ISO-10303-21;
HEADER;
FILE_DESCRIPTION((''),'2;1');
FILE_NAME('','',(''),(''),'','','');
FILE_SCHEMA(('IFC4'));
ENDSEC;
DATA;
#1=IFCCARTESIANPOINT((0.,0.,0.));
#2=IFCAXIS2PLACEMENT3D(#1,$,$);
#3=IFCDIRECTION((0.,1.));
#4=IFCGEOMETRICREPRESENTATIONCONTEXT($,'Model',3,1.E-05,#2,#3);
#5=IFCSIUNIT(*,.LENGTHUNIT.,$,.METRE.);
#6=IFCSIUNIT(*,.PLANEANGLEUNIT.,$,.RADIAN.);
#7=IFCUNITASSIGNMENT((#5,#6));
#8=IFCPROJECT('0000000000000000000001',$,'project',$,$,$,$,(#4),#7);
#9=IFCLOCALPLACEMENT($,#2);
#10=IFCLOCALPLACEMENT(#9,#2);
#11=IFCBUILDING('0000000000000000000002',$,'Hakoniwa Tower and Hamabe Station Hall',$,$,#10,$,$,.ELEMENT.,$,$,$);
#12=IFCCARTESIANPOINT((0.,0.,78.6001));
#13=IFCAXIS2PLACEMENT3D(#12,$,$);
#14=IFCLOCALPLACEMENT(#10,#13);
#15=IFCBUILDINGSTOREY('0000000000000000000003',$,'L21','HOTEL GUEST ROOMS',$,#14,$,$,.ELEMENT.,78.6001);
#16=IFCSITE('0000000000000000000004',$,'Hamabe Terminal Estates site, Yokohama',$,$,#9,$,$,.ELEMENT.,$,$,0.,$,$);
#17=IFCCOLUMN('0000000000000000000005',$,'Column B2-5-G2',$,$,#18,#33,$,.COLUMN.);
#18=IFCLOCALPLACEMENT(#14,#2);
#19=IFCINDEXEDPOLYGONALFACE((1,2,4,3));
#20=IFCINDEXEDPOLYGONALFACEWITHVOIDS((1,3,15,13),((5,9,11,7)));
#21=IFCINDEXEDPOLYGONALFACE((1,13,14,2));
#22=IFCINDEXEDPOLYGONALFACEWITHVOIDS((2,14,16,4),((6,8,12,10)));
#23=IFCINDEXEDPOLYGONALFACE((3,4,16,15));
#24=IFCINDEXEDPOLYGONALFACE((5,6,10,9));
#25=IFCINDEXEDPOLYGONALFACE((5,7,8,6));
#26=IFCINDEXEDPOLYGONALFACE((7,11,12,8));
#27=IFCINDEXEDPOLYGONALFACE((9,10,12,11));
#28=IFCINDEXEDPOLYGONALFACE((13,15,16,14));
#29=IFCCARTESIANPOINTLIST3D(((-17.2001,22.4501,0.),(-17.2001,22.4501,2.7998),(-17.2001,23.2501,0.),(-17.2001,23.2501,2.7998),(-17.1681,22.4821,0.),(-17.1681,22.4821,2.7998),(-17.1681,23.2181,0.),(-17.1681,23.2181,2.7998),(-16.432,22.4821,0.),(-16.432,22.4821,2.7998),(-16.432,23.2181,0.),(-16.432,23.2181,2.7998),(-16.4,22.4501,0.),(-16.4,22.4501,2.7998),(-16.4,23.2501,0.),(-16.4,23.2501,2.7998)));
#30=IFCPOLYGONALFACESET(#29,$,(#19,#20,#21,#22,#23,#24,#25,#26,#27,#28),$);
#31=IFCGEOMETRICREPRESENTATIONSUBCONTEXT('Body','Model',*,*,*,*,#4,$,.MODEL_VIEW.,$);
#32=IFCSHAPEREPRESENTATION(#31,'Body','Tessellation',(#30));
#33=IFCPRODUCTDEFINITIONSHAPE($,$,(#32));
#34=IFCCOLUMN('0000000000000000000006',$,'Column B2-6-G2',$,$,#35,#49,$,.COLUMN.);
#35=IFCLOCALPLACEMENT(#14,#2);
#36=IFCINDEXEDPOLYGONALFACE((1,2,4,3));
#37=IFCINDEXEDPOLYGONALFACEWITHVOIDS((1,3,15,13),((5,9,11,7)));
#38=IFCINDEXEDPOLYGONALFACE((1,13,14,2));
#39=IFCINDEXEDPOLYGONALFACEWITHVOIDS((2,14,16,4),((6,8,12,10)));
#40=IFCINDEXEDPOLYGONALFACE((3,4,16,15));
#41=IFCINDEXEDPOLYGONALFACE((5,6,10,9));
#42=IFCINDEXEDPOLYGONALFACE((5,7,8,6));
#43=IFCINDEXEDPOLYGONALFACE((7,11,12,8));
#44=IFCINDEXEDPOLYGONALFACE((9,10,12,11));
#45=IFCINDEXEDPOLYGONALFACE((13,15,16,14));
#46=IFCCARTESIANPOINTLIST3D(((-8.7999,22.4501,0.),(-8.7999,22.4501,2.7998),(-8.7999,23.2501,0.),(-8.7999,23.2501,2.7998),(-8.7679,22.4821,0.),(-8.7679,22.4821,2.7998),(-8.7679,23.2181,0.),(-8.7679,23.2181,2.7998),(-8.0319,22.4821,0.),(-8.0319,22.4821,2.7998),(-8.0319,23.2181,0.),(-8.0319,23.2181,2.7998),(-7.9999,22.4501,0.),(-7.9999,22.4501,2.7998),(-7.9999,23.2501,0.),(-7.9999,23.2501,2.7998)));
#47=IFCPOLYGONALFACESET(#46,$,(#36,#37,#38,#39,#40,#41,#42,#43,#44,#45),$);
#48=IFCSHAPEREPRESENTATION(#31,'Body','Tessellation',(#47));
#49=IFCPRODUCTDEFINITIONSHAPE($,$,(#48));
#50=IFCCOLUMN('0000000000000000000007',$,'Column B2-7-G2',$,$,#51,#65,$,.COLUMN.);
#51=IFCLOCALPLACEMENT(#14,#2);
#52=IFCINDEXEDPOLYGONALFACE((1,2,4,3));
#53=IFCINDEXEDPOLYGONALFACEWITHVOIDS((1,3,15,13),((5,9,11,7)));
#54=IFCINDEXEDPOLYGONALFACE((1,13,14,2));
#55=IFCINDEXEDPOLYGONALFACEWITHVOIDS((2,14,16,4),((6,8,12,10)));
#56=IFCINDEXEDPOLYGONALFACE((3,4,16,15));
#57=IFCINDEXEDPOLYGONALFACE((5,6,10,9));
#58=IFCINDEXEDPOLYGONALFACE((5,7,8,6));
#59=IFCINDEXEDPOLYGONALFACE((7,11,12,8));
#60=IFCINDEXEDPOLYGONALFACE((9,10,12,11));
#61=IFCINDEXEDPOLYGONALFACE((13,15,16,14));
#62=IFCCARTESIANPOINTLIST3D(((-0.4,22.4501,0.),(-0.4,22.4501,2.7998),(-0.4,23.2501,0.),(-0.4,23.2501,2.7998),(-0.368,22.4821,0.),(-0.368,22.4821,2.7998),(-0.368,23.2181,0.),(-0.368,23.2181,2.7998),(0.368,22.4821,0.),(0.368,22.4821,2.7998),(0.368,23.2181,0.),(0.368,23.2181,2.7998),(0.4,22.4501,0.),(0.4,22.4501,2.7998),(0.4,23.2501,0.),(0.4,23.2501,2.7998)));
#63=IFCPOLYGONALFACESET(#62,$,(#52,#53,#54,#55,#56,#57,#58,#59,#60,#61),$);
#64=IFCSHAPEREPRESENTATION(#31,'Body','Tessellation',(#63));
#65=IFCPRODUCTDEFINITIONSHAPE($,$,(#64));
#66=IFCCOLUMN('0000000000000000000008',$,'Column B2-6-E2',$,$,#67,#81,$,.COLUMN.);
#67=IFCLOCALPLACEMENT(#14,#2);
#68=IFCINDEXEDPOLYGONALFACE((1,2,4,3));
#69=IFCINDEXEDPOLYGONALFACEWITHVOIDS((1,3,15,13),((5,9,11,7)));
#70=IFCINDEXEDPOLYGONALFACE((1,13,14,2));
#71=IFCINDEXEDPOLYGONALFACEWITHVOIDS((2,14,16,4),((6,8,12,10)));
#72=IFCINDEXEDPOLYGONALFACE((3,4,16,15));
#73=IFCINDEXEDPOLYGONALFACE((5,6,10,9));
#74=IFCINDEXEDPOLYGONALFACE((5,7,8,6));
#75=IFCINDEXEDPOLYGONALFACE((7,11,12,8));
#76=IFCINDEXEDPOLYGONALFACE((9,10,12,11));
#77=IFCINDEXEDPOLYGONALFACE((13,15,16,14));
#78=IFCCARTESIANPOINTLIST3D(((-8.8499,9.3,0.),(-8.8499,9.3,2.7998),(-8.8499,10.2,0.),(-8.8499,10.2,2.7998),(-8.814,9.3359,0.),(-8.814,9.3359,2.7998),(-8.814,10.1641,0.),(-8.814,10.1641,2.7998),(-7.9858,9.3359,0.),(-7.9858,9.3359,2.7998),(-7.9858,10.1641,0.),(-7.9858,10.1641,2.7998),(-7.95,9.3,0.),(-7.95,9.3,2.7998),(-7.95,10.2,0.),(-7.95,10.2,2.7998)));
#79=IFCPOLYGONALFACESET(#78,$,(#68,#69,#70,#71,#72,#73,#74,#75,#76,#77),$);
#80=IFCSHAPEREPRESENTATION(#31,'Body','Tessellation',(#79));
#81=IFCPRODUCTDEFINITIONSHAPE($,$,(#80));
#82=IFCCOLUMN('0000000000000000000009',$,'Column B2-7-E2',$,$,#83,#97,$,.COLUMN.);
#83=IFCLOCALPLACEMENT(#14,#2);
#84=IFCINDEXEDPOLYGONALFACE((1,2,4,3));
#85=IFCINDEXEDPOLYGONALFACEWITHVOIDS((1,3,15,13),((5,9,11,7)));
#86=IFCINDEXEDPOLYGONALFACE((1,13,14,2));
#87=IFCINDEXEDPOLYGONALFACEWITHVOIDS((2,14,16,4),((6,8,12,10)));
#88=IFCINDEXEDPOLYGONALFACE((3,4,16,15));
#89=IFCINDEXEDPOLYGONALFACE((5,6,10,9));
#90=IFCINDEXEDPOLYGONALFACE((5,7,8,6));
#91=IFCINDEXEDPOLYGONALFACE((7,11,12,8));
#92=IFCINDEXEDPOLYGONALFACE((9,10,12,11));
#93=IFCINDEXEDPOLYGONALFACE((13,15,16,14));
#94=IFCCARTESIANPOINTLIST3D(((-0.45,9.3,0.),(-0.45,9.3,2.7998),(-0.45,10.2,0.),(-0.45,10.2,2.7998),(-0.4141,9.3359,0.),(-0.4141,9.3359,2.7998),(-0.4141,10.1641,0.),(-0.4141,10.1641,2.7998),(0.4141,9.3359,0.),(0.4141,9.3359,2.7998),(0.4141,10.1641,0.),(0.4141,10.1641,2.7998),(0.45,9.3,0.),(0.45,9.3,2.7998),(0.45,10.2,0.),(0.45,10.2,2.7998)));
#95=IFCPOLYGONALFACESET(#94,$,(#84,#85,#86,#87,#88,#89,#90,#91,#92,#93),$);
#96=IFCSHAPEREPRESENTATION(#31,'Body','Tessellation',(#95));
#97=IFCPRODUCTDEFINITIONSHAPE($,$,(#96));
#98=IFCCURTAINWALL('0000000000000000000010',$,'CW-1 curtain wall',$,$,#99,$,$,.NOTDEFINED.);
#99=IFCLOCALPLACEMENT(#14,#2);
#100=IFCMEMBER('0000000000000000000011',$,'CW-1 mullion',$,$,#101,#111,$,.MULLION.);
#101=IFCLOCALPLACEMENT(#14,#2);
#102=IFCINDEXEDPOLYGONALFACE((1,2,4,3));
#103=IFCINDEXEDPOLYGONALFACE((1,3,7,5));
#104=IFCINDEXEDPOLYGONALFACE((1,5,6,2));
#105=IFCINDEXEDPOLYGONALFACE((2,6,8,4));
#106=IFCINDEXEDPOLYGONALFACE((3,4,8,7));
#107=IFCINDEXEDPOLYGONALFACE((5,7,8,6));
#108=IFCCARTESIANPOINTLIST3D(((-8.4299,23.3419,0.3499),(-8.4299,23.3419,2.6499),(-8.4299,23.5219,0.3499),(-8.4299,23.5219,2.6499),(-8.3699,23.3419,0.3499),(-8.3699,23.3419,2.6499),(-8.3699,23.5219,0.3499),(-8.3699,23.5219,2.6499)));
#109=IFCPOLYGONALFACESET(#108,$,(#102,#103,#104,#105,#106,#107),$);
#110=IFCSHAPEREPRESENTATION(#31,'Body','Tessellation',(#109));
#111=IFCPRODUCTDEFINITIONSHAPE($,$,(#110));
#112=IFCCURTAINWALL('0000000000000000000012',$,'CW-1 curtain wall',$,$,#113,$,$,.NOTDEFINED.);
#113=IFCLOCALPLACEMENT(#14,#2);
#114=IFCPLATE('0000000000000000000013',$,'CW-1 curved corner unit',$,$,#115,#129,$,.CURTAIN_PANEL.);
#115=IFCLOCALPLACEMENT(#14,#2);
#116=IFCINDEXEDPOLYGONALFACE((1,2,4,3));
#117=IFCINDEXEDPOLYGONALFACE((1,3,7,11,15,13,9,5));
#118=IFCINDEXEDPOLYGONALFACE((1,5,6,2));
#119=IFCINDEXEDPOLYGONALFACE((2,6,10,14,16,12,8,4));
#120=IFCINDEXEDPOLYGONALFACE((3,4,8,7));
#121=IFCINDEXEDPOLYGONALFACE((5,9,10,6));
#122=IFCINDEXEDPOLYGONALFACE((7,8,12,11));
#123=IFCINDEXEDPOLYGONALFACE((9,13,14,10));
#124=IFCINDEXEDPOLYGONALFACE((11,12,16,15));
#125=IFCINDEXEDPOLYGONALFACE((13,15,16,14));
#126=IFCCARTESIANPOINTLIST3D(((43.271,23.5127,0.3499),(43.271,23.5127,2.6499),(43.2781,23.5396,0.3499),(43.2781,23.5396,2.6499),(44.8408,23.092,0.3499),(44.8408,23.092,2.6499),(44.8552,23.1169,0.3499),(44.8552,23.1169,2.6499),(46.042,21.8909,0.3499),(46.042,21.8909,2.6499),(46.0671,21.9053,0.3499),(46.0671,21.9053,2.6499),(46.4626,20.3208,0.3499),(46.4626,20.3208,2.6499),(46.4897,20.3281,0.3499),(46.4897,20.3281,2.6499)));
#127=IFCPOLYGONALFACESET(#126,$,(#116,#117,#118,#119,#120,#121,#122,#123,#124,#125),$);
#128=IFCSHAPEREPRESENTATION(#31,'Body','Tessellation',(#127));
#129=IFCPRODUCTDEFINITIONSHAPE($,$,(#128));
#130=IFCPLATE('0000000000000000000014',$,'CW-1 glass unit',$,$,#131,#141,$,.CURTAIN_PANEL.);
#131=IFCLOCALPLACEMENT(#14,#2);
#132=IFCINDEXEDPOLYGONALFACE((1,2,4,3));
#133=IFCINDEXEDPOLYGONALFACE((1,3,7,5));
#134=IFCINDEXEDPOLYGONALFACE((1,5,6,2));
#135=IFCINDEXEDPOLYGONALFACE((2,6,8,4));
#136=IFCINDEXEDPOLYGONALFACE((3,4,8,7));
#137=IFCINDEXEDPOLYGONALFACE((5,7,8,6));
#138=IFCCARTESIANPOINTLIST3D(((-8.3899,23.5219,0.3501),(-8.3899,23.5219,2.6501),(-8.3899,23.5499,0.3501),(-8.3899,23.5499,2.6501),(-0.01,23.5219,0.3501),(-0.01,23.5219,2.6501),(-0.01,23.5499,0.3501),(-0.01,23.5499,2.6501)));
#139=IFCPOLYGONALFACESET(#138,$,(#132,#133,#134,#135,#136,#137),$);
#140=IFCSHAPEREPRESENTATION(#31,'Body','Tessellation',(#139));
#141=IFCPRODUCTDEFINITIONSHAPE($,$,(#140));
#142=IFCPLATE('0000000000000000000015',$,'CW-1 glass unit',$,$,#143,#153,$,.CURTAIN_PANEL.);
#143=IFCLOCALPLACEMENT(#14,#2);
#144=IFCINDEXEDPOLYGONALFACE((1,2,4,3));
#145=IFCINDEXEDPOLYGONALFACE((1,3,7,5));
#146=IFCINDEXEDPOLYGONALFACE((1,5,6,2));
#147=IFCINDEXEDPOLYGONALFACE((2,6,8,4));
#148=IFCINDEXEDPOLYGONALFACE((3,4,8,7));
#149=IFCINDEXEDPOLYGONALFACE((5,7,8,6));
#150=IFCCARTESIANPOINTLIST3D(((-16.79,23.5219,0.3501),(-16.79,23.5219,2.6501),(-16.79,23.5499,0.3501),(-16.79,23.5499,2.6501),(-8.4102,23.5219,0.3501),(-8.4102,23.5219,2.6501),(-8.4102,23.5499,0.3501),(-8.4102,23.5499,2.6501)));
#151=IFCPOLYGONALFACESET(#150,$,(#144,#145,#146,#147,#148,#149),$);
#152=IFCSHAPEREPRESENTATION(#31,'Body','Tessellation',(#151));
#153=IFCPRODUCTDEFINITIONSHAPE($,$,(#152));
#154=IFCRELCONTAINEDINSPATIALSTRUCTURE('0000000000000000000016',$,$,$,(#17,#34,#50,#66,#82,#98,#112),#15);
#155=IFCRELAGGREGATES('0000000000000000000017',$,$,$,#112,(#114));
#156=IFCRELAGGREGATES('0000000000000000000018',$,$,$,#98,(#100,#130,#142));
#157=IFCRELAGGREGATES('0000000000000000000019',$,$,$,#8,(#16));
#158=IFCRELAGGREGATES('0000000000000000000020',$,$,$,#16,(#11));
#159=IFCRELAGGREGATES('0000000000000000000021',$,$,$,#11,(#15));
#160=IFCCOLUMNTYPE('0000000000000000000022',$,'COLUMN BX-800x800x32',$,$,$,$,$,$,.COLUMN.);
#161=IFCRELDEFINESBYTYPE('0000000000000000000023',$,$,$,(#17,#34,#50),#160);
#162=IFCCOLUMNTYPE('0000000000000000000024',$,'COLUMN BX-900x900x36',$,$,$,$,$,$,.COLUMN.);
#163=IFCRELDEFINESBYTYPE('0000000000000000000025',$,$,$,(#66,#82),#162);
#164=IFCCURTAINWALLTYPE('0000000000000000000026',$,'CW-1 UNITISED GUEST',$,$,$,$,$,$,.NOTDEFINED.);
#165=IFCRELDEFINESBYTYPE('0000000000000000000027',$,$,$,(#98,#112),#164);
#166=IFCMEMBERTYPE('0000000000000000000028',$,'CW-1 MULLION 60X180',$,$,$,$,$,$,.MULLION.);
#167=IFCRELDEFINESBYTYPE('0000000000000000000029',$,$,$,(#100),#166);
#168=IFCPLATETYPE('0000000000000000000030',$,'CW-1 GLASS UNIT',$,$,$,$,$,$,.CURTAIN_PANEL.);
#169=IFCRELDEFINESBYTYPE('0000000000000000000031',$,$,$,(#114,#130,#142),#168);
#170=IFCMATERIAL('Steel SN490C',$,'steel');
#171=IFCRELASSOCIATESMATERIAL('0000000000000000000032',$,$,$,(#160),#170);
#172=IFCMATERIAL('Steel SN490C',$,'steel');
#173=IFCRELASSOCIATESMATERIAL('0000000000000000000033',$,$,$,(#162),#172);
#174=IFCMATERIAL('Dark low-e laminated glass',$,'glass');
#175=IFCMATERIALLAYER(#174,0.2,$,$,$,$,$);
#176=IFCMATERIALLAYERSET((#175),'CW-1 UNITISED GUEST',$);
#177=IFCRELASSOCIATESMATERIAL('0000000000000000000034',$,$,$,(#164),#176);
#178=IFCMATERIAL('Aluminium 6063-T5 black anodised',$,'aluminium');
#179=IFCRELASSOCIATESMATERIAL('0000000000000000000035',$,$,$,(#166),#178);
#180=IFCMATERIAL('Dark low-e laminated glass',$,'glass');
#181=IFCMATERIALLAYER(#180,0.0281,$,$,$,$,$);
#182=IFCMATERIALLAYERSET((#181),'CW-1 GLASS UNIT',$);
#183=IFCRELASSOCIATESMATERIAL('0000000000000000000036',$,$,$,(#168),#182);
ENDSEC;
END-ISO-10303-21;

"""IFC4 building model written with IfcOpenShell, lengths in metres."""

from ifc_helpers import new_model, si_unit, direction, frame, origin, origin_2d, place, context, subcontext, project, spatial, polyline, rectangle, hollow_rectangle, outline, extrude, material, layer, layer_set, material_profile, profile_set, type_object, element, aggregate, save


model = new_model("IFC4")

# Units and contexts
model_context = context("Model", 3, precision=1e-05, world=origin(), true_north=direction((0.0, 1.0)))
body_context = subcontext(model_context, "Body", "Model", "MODEL_VIEW")
ifc_project = project(units=[si_unit("LENGTHUNIT", "METRE"), si_unit("PLANEANGLEUNIT", "RADIAN")], contexts=[model_context])

# Site, building, storey
site_placement = place(None, origin())
site = spatial("IfcSite", under=ifc_project, at=site_placement, Name="Hamabe Terminal Estates site, Yokohama", CompositionType="ELEMENT", RefElevation=0.0)
building_placement = place(site_placement, origin())
building = spatial("IfcBuilding", under=site, at=building_placement, Name="Hakoniwa Tower and Hamabe Station Hall", CompositionType="ELEMENT")
storey_placement = place(building_placement, frame((0.0, 0.0, 78.6001)))
storey = spatial("IfcBuildingStorey", under=building, at=storey_placement, Name="L21", Description="HOTEL GUEST ROOMS", CompositionType="ELEMENT", Elevation=78.6001)

# Columns
ifc_material_1 = material(Name="Steel SN490C", Category="steel")
ifc_material_profile_1 = material_profile(ifc_material_1, hollow_rectangle(XDim=0.8, YDim=0.8, WallThickness=0.032, at=origin_2d()), Name="BX-800x800x32")
ifc_profile_set_1 = profile_set([ifc_material_profile_1], Name="Steel SN490C")
column_type_1 = type_object("IfcColumnType", Name="COLUMN BX-800x800x32", PredefinedType="COLUMN", material=ifc_profile_set_1)
for number, where, z_axis, x_axis, name in (
    (1, (-16.8, 22.8501, 0.0), (0.0, 0.0, 1.0), (1.0, 0.0, 0.0), "Column B2-5-G2"),
    (2, (-8.3999, 22.8501, 0.0), (0.0, 0.0, 1.0), (1.0, 0.0, 0.0), "Column B2-6-G2"),
    (3, (0.0, 22.8501, 0.0), (0.0, 0.0, 1.0), (1.0, 0.0, 0.0), "Column B2-7-G2"),
):
    element("IfcColumn", number, at=place(storey_placement, frame(where, z_axis=z_axis, x_axis=x_axis)), inside=storey, type_object=column_type_1, Name=name, PredefinedType="COLUMN", context=body_context, shape_type="SweptSolid", body=[
        extrude(hollow_rectangle(XDim=0.8, YDim=0.8, WallThickness=0.032, at=origin_2d()), origin(), (0.0, 0.0, 1.0), 2.7998),
    ])
ifc_material_2 = material(Name="Steel SN490C", Category="steel")
ifc_material_profile_2 = material_profile(ifc_material_2, hollow_rectangle(XDim=0.8999, YDim=0.8999, WallThickness=0.0359, at=origin_2d()), Name="BX-900x900x36")
ifc_profile_set_2 = profile_set([ifc_material_profile_2], Name="Steel SN490C")
column_type_2 = type_object("IfcColumnType", Name="COLUMN BX-900x900x36", PredefinedType="COLUMN", material=ifc_profile_set_2)
for number, where, z_axis, x_axis, name in (
    (4, (-8.3999, 9.75, 0.0), (0.0, 0.0, 1.0), (1.0, 0.0, 0.0), "Column B2-6-E2"),
    (5, (0.0, 9.75, 0.0), (0.0, 0.0, 1.0), (1.0, 0.0, 0.0), "Column B2-7-E2"),
):
    element("IfcColumn", number, at=place(storey_placement, frame(where, z_axis=z_axis, x_axis=x_axis)), inside=storey, type_object=column_type_2, Name=name, PredefinedType="COLUMN", context=body_context, shape_type="SweptSolid", body=[
        extrude(hollow_rectangle(XDim=0.8999, YDim=0.8999, WallThickness=0.0359, at=origin_2d()), origin(), (0.0, 0.0, 1.0), 2.7998),
    ])

# Curtain wall, member
ifc_material_3 = material(Name="Dark low-e laminated glass", Category="glass")
ifc_layer_1 = layer(ifc_material_3, 0.2)
ifc_layer_set_1 = layer_set([ifc_layer_1], Name="CW-1 UNITISED GUEST")
curtain_wall_type = type_object("IfcCurtainWallType", Name="CW-1 UNITISED GUEST", PredefinedType="NOTDEFINED", material=ifc_layer_set_1)
curtain_wall_1_placement = place(storey_placement, origin())
curtain_wall_1 = element("IfcCurtainWall", 6, at=curtain_wall_1_placement, inside=storey, type_object=curtain_wall_type, Name="CW-1 curtain wall", PredefinedType="NOTDEFINED")
ifc_material_4 = material(Name="Aluminium 6063-T5 black anodised", Category="aluminium")
ifc_material_profile_3 = material_profile(ifc_material_4, rectangle(XDim=0.0601, YDim=0.1799, at=origin_2d()), Name="CW-1 MULLION 60X180")
ifc_profile_set_3 = profile_set([ifc_material_profile_3], Name="Aluminium 6063-T5 black anodised")
member_type = type_object("IfcMemberType", Name="CW-1 MULLION 60X180", PredefinedType="MULLION", material=ifc_profile_set_3)
member_placement = place(storey_placement, frame((-8.3999, 23.4319, 0.3499), z_axis=(0.0, 0.0, 1.0), x_axis=(-1.0, 0.0, 0.0)))
member = element("IfcMember", 7, at=member_placement, type_object=member_type, Name="CW-1 mullion", PredefinedType="MULLION", context=body_context, shape_type="SweptSolid", body=[
    extrude(rectangle(XDim=0.0601, YDim=0.1799, at=origin_2d()), origin(), (0.0, 0.0, 1.0), 2.3),
])

# Curtain wall, plate
curtain_wall_2_placement = place(storey_placement, origin())
curtain_wall_2 = element("IfcCurtainWall", 8, at=curtain_wall_2_placement, inside=storey, type_object=curtain_wall_type, Name="CW-1 curtain wall", PredefinedType="NOTDEFINED")
ifc_material_5 = material(Name="Dark low-e laminated glass", Category="glass")
ifc_layer_2 = layer(ifc_material_5, 0.0281)
ifc_layer_set_2 = layer_set([ifc_layer_2], Name="CW-1 GLASS UNIT")
plate_type = type_object("IfcPlateType", Name="CW-1 GLASS UNIT", PredefinedType="CURTAIN_PANEL", material=ifc_layer_set_2)
plate_1_placement = place(storey_placement, frame((0.0, 0.0, 0.3499)))
plate_1 = element("IfcPlate", 9, at=plate_1_placement, type_object=plate_type, Name="CW-1 curved corner unit", PredefinedType="CURTAIN_PANEL", context=body_context, shape_type="SweptSolid", body=[
    extrude(outline(polyline([(46.4897, 20.3281), (46.0671, 21.9053), (44.8552, 23.1169), (43.2781, 23.5396), (43.271, 23.5127), (44.8408, 23.092), (46.042, 21.8909), (46.4626, 20.3208), (46.4897, 20.3281)])), origin(), (0.0, 0.0, 1.0), 2.3),
])
aggregate(curtain_wall_2, [plate_1])

# Plates
plate_2_placement = place(storey_placement, frame((-4.2, 23.5359, 0.3501), z_axis=(0.0, 0.0, 1.0), x_axis=(-1.0, 0.0, 0.0)))
plate_2 = element("IfcPlate", 10, at=plate_2_placement, type_object=plate_type, Name="CW-1 glass unit", PredefinedType="CURTAIN_PANEL", context=body_context, shape_type="SweptSolid", body=[
    extrude(rectangle(XDim=8.3799, YDim=0.0281, at=origin_2d()), origin(), (0.0, 0.0, 1.0), 2.3),
])
plate_3_placement = place(storey_placement, frame((-12.6001, 23.5359, 0.3501), z_axis=(0.0, 0.0, 1.0), x_axis=(-1.0, 0.0, 0.0)))
plate_3 = element("IfcPlate", 11, at=plate_3_placement, type_object=plate_type, Name="CW-1 glass unit", PredefinedType="CURTAIN_PANEL", context=body_context, shape_type="SweptSolid", body=[
    extrude(rectangle(XDim=8.3799, YDim=0.0281, at=origin_2d()), origin(), (0.0, 0.0, 1.0), 2.3),
])
aggregate(curtain_wall_1, [member, plate_2, plate_3])

save(model, "model.ifc")
